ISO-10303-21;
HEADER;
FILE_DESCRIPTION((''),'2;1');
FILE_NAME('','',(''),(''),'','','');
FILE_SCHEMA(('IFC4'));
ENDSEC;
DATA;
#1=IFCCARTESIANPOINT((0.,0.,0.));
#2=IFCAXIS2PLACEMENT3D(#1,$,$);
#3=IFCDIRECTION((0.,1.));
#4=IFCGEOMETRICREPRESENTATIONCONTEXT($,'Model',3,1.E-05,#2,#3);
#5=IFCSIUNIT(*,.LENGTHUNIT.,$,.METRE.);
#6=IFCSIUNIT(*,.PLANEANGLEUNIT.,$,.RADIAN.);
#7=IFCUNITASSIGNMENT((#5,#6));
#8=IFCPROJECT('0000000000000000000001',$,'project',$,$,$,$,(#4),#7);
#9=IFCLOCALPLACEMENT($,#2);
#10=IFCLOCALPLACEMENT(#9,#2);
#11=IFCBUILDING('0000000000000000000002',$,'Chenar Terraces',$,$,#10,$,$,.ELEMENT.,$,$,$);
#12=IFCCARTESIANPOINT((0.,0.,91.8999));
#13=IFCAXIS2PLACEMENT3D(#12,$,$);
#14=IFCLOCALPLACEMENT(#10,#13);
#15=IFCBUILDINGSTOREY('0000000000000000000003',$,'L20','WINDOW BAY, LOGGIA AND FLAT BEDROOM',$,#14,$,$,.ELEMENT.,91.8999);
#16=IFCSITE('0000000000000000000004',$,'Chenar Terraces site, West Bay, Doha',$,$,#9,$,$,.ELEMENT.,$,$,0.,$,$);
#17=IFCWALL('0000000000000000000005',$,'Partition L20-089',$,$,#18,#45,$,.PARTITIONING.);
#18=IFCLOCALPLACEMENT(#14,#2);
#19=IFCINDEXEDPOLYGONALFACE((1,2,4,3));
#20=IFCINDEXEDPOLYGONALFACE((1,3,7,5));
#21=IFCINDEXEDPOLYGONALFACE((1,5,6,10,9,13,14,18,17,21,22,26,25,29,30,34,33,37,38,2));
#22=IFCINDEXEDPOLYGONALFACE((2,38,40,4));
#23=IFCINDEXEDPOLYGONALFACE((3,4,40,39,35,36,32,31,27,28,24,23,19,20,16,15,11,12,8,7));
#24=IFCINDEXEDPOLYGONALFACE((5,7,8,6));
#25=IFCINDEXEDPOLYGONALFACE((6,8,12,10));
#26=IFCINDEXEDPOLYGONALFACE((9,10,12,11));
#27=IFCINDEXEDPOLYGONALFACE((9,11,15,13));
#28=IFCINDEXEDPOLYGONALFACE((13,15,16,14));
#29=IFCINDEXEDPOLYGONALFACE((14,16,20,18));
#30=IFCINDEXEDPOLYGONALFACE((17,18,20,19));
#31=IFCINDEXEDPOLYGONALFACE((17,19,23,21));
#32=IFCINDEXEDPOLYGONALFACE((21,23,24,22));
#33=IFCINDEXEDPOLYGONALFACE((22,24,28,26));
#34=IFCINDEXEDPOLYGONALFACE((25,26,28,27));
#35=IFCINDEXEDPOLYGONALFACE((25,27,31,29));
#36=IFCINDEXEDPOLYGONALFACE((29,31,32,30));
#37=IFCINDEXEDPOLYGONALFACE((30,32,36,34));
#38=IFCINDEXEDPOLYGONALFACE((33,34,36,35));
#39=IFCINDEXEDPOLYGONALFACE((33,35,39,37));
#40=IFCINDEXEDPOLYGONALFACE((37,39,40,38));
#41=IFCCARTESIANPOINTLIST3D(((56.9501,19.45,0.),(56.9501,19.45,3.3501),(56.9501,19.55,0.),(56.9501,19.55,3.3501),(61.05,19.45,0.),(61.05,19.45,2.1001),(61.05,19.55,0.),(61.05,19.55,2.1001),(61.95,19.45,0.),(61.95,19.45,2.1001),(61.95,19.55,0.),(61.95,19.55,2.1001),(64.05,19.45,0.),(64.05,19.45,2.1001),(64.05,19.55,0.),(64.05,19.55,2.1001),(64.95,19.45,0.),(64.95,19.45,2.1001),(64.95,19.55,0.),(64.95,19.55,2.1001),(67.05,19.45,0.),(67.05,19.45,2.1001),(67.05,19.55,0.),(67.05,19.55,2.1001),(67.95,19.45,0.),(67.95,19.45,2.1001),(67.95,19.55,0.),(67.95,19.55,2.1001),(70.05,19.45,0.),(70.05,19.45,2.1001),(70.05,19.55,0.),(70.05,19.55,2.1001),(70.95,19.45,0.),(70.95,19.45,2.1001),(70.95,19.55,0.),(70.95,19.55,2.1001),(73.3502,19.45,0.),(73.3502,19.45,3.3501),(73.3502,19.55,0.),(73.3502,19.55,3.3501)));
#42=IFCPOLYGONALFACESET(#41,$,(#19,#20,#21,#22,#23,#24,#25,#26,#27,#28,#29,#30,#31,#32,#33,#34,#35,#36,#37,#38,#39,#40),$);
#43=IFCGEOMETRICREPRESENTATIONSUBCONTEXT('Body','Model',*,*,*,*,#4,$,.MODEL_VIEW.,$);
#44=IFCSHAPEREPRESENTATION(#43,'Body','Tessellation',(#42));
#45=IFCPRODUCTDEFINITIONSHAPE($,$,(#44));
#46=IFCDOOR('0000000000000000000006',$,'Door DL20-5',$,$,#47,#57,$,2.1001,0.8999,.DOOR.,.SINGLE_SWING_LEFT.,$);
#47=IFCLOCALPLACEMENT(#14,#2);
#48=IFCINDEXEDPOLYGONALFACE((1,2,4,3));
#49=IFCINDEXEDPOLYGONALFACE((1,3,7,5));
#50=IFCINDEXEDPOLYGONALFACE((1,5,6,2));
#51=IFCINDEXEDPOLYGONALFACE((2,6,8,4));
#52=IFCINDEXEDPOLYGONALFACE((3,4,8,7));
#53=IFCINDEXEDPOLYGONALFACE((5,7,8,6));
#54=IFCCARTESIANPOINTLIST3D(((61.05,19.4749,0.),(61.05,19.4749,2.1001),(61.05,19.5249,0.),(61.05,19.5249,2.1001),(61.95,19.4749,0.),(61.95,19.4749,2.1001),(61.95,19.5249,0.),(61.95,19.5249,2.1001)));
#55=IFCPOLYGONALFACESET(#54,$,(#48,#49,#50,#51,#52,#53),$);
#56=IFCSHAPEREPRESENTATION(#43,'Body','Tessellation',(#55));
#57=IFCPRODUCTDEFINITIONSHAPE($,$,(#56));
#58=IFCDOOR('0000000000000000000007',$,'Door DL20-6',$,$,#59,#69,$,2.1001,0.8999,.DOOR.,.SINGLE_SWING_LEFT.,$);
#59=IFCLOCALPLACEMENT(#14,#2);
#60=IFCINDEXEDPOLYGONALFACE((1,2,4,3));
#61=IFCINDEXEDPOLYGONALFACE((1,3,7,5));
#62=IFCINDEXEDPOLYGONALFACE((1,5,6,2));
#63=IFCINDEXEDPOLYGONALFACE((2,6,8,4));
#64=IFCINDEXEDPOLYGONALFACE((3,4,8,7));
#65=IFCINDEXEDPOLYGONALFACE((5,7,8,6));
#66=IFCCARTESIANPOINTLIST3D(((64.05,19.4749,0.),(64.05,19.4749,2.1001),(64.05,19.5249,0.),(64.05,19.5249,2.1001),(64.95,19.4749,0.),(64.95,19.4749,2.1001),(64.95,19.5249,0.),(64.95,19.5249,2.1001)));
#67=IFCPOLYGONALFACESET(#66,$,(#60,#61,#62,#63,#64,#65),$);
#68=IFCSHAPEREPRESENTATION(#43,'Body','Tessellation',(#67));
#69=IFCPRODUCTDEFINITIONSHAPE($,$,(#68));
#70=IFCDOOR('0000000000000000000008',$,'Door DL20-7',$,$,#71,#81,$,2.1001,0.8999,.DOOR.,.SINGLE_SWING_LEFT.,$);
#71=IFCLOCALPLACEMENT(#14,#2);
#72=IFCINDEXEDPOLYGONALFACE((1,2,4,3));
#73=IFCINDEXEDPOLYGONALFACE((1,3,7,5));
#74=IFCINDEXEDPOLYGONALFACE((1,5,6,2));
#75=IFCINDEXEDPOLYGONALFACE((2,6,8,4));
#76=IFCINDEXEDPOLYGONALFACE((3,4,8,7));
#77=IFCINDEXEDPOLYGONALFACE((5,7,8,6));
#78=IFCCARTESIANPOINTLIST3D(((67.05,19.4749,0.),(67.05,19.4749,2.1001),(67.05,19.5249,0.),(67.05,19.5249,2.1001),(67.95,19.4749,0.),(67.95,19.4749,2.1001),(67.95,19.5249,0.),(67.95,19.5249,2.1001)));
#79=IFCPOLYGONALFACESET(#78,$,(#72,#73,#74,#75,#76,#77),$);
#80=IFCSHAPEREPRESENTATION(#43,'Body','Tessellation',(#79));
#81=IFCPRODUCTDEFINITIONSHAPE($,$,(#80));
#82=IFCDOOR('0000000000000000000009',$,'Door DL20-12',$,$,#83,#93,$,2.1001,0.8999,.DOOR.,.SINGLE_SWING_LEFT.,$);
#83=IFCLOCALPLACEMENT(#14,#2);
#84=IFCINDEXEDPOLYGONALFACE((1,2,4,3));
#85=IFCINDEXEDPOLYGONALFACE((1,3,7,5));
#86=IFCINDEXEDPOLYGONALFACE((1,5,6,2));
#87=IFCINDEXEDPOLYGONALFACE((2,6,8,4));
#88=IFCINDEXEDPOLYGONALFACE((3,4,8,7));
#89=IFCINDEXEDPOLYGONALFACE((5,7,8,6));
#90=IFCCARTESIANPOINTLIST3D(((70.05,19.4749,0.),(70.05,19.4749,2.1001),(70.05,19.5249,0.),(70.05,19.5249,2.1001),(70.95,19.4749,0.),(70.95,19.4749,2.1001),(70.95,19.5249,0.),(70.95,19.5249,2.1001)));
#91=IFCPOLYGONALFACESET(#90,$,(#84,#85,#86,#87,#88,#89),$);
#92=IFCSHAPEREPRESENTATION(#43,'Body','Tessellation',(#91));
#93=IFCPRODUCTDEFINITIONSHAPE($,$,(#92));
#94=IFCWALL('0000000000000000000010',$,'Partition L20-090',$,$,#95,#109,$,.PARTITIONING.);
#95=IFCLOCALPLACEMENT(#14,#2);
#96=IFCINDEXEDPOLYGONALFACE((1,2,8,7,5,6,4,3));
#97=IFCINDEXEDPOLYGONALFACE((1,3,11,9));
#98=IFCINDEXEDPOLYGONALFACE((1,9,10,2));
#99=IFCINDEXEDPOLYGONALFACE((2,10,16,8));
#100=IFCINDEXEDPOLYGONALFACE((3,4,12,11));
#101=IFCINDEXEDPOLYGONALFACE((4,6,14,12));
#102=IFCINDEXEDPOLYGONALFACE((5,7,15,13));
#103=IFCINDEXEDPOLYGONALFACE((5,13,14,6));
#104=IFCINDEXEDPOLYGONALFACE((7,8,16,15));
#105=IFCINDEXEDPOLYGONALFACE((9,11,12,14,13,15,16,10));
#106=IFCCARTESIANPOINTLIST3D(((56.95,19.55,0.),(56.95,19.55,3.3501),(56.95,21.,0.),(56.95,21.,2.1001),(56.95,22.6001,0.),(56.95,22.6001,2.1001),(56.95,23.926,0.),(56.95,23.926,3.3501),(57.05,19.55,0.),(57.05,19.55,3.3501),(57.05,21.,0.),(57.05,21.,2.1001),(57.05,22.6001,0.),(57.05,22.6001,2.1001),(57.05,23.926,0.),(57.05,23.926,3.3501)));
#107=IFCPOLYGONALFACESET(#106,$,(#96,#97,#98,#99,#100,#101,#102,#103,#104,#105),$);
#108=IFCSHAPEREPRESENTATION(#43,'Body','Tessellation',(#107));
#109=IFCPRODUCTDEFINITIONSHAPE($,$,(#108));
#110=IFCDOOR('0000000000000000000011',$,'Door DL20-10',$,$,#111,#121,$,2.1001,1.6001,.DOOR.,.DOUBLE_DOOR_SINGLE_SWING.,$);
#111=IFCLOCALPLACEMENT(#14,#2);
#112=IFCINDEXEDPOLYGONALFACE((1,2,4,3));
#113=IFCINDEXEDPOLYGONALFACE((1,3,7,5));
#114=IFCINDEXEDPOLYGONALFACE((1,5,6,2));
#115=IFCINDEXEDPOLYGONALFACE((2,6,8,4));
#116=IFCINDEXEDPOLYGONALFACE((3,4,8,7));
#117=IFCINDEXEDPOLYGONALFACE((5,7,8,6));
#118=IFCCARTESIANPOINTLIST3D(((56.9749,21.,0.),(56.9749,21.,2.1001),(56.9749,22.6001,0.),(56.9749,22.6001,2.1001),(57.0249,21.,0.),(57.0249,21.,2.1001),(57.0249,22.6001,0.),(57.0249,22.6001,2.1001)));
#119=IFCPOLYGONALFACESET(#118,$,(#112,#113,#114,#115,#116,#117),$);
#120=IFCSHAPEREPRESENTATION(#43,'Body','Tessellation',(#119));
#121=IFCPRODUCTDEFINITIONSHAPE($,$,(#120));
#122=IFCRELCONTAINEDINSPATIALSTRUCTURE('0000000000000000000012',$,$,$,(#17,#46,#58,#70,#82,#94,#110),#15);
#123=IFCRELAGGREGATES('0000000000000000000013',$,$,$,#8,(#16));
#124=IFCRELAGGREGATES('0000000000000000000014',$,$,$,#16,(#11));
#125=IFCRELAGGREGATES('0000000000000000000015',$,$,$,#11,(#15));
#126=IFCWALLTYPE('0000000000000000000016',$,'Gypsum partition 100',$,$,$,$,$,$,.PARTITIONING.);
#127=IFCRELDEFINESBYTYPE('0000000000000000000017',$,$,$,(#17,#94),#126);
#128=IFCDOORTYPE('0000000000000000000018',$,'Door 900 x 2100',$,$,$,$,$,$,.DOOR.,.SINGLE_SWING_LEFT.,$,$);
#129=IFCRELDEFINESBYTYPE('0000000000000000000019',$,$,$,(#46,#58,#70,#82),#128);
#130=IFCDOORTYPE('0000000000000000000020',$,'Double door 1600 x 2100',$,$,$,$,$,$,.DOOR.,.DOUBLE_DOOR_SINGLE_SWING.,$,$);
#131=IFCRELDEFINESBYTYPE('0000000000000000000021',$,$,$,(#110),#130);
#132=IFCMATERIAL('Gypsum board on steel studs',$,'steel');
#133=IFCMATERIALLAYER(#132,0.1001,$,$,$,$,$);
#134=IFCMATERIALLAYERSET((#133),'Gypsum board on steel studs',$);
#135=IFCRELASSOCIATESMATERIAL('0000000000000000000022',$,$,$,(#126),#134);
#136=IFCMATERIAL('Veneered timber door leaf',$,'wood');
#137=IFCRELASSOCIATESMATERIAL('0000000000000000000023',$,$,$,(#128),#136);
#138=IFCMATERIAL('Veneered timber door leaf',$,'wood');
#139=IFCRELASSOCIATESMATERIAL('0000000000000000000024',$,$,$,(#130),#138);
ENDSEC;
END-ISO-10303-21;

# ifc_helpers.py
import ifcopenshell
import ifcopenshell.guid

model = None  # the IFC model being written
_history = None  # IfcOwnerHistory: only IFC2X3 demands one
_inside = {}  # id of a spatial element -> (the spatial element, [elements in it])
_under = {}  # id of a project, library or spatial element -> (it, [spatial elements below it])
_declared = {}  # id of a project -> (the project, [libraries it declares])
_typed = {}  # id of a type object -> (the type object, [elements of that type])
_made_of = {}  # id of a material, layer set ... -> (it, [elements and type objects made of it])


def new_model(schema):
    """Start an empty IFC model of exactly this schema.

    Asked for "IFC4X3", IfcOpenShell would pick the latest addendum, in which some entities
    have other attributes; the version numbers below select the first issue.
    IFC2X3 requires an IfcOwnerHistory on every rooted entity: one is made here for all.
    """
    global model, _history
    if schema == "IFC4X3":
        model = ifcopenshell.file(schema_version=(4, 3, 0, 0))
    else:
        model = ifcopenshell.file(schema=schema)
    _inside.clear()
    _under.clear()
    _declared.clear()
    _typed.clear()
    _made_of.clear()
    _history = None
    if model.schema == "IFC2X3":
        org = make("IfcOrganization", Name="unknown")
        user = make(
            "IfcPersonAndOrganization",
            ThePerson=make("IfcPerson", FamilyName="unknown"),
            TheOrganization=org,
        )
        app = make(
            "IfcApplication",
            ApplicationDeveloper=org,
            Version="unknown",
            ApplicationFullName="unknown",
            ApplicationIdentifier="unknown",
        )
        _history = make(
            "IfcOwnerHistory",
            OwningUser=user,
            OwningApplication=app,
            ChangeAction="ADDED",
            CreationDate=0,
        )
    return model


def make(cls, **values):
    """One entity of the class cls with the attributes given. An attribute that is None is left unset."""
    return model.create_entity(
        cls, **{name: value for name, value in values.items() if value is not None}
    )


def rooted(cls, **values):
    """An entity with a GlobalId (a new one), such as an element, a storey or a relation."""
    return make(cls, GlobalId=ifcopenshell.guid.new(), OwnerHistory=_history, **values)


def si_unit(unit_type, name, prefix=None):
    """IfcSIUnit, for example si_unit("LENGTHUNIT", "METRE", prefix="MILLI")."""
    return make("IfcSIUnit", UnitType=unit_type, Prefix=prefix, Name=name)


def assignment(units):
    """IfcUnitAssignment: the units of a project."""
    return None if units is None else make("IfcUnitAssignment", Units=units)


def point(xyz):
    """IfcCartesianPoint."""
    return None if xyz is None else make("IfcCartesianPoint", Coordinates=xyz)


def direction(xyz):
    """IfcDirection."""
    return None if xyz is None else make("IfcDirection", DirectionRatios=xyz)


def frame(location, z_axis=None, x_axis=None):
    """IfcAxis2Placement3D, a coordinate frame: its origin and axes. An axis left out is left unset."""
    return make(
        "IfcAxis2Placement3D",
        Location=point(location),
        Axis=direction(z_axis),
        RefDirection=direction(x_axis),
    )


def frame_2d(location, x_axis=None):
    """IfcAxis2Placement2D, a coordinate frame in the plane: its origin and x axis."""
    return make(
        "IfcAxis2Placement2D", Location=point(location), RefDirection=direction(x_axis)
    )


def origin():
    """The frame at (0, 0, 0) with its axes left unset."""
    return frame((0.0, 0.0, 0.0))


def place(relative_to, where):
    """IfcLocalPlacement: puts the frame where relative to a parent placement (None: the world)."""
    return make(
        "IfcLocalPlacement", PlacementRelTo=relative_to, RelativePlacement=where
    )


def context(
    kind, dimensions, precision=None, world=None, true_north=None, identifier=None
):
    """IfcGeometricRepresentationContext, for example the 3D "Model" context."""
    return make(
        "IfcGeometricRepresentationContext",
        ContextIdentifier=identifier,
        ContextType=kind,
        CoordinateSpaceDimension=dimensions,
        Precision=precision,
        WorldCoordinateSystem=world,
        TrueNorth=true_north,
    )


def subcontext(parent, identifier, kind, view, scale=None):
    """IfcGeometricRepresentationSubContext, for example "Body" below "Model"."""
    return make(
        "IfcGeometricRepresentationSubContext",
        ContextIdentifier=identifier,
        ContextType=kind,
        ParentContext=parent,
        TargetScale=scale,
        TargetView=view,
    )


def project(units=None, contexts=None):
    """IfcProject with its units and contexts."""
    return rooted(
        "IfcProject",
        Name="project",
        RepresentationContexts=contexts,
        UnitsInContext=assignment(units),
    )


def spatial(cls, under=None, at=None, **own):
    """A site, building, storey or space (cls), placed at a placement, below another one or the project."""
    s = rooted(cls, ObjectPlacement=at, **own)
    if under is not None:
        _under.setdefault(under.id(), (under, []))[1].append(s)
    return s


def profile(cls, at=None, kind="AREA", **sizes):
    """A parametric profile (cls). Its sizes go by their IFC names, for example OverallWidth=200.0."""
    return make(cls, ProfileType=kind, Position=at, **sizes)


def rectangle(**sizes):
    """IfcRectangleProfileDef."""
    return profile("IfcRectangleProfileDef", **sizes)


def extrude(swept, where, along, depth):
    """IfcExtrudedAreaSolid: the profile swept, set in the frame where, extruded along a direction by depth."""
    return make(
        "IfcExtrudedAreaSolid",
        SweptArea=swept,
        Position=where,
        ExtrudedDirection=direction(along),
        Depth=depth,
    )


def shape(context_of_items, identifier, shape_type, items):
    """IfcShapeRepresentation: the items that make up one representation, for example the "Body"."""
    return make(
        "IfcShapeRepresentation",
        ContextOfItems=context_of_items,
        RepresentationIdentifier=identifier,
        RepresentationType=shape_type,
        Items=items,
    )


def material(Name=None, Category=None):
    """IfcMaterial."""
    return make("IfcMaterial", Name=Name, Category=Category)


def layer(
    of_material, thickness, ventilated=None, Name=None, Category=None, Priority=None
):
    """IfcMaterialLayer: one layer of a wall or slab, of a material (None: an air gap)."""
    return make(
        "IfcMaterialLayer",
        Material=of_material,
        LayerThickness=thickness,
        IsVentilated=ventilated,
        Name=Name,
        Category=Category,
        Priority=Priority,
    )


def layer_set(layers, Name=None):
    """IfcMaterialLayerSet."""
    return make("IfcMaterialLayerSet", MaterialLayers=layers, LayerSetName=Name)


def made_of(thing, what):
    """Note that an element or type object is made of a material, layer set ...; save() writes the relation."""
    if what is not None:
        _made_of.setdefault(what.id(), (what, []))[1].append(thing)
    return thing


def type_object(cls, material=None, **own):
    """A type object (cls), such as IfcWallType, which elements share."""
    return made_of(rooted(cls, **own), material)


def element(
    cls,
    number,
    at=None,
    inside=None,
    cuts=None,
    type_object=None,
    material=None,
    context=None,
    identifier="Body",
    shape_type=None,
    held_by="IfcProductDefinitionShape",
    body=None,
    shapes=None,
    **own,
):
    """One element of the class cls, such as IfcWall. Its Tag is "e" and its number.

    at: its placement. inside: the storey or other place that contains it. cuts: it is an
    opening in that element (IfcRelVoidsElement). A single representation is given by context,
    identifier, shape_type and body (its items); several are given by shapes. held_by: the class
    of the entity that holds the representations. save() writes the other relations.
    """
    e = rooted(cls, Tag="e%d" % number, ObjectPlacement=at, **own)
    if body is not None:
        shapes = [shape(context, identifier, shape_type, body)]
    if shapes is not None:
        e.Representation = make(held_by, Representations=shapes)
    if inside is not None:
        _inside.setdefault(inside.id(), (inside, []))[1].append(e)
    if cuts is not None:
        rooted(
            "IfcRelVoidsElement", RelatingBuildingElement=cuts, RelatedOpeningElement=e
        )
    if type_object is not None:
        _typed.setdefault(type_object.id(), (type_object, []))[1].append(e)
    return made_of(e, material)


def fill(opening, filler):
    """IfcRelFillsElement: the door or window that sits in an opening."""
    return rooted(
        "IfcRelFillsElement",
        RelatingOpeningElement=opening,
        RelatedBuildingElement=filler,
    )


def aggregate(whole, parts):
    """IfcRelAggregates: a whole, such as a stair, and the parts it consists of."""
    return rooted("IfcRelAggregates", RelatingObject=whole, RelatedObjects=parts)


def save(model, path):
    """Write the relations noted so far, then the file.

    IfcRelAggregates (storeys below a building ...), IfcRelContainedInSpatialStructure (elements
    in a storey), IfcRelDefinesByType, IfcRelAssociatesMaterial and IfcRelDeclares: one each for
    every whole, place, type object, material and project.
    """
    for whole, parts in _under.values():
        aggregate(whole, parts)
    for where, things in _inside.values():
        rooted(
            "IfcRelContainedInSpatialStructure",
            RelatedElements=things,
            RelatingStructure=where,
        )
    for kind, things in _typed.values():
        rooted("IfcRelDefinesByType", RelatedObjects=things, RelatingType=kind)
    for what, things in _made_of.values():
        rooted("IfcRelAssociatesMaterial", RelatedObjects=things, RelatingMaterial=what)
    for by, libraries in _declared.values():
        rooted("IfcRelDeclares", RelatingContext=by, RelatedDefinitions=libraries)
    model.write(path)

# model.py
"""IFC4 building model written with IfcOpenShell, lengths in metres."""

from ifc_helpers import new_model, si_unit, direction, frame, frame_2d, origin, place, context, subcontext, project, spatial, rectangle, extrude, material, layer, layer_set, type_object, element, fill, save


model = new_model("IFC4")

# Units and contexts
model_context = context("Model", 3, precision=1e-05, world=origin(), true_north=direction((0.0, 1.0)))
body_context = subcontext(model_context, "Body", "Model", "MODEL_VIEW")
ifc_project = project(units=[si_unit("LENGTHUNIT", "METRE"), si_unit("PLANEANGLEUNIT", "RADIAN")], contexts=[model_context])

# Site, building, storey
site_placement = place(None, origin())
site = spatial("IfcSite", under=ifc_project, at=site_placement, Name="Chenar Terraces site, West Bay, Doha", CompositionType="ELEMENT", RefElevation=0.0)
building_placement = place(site_placement, origin())
building = spatial("IfcBuilding", under=site, at=building_placement, Name="Chenar Terraces", CompositionType="ELEMENT")
storey_placement = place(building_placement, frame((0.0, 0.0, 91.8999)))
storey = spatial("IfcBuildingStorey", under=building, at=storey_placement, Name="L20", Description="WINDOW BAY, LOGGIA AND FLAT BEDROOM", CompositionType="ELEMENT", Elevation=91.8999)

# Shared definitions
ifc_material_1 = material(Name="Gypsum board on steel studs", Category="steel")
ifc_layer_1 = layer(ifc_material_1, 0.1001)
ifc_layer_set_1 = layer_set([ifc_layer_1], Name="Gypsum board on steel studs")
wall_type_1 = type_object("IfcWallType", Name="Gypsum partition 100", PredefinedType="PARTITIONING", material=ifc_layer_set_1)
ifc_material_2 = material(Name="Veneered timber door leaf", Category="wood")
door_type_1 = type_object("IfcDoorType", Name="Door 900 x 2100", OperationType="SINGLE_SWING_LEFT", PredefinedType="DOOR", material=ifc_material_2)

# Wall, openings, doors
wall_1_placement = place(storey_placement, frame((56.95, 19.5, 0.0), z_axis=(0.0, 0.0, 1.0), x_axis=(1.0, 0.0, 0.0)))
wall_1 = element("IfcWall", 1, at=wall_1_placement, inside=storey, type_object=wall_type_1, Name="Partition L20-089", PredefinedType="PARTITIONING", context=body_context, shape_type="SweptSolid", body=[
    extrude(rectangle(XDim=16.4001, YDim=0.1001, at=frame_2d((8.2002, 0.0))), origin(), (0.0, 0.0, 1.0), 3.3501),
])
opening_1_placement = place(wall_1_placement, frame((4.1001, 0.0, 0.0)))
opening_1 = element("IfcOpeningElement", 2, at=opening_1_placement, cuts=wall_1, PredefinedType="OPENING", context=body_context, shape_type="SweptSolid", body=[
    extrude(rectangle(XDim=0.8999, YDim=2.1001, at=frame_2d((0.45, 1.05))), frame((0.0, 0.0601, 0.0), z_axis=(0.0, -1.0, 0.0), x_axis=(1.0, 0.0, 0.0)), (0.0, 0.0, 1.0), 0.1201),
])
opening_2_placement = place(wall_1_placement, frame((7.1001, 0.0, 0.0)))
opening_2 = element("IfcOpeningElement", 3, at=opening_2_placement, cuts=wall_1, PredefinedType="OPENING", context=body_context, shape_type="SweptSolid", body=[
    extrude(rectangle(XDim=0.8999, YDim=2.1001, at=frame_2d((0.45, 1.05))), frame((0.0, 0.0601, 0.0), z_axis=(0.0, -1.0, 0.0), x_axis=(1.0, 0.0, 0.0)), (0.0, 0.0, 1.0), 0.1201),
])
opening_3_placement = place(wall_1_placement, frame((10.1001, 0.0, 0.0)))
opening_3 = element("IfcOpeningElement", 4, at=opening_3_placement, cuts=wall_1, PredefinedType="OPENING", context=body_context, shape_type="SweptSolid", body=[
    extrude(rectangle(XDim=0.8999, YDim=2.1001, at=frame_2d((0.45, 1.05))), frame((0.0, 0.0601, 0.0), z_axis=(0.0, -1.0, 0.0), x_axis=(1.0, 0.0, 0.0)), (0.0, 0.0, 1.0), 0.1201),
])
opening_4_placement = place(wall_1_placement, frame((13.1001, 0.0, 0.0)))
opening_4 = element("IfcOpeningElement", 5, at=opening_4_placement, cuts=wall_1, PredefinedType="OPENING", context=body_context, shape_type="SweptSolid", body=[
    extrude(rectangle(XDim=0.8999, YDim=2.1001, at=frame_2d((0.45, 1.05))), frame((0.0, 0.0601, 0.0), z_axis=(0.0, -1.0, 0.0), x_axis=(1.0, 0.0, 0.0)), (0.0, 0.0, 1.0), 0.1201),
])
door_1_placement = place(opening_1_placement, origin())
door_1 = element("IfcDoor", 6, at=door_1_placement, inside=storey, type_object=door_type_1, Name="Door DL20-5", OperationType="SINGLE_SWING_LEFT", OverallHeight=2.1001, OverallWidth=0.8999, PredefinedType="DOOR", context=body_context, shape_type="SweptSolid", body=[
    extrude(rectangle(XDim=0.8999, YDim=2.1001, at=frame_2d((0.45, 1.05))), frame((0.0, 0.0249, 0.0), z_axis=(0.0, -1.0, 0.0), x_axis=(1.0, 0.0, 0.0)), (0.0, 0.0, 1.0), 0.05),
])
fill(opening_1, door_1)
door_2_placement = place(opening_2_placement, origin())
door_2 = element("IfcDoor", 7, at=door_2_placement, inside=storey, type_object=door_type_1, Name="Door DL20-6", OperationType="SINGLE_SWING_LEFT", OverallHeight=2.1001, OverallWidth=0.8999, PredefinedType="DOOR", context=body_context, shape_type="SweptSolid", body=[
    extrude(rectangle(XDim=0.8999, YDim=2.1001, at=frame_2d((0.45, 1.05))), frame((0.0, 0.0249, 0.0), z_axis=(0.0, -1.0, 0.0), x_axis=(1.0, 0.0, 0.0)), (0.0, 0.0, 1.0), 0.05),
])
fill(opening_2, door_2)
door_3_placement = place(opening_3_placement, origin())
door_3 = element("IfcDoor", 8, at=door_3_placement, inside=storey, type_object=door_type_1, Name="Door DL20-7", OperationType="SINGLE_SWING_LEFT", OverallHeight=2.1001, OverallWidth=0.8999, PredefinedType="DOOR", context=body_context, shape_type="SweptSolid", body=[
    extrude(rectangle(XDim=0.8999, YDim=2.1001, at=frame_2d((0.45, 1.05))), frame((0.0, 0.0249, 0.0), z_axis=(0.0, -1.0, 0.0), x_axis=(1.0, 0.0, 0.0)), (0.0, 0.0, 1.0), 0.05),
])
fill(opening_3, door_3)
door_4_placement = place(opening_4_placement, origin())
door_4 = element("IfcDoor", 9, at=door_4_placement, inside=storey, type_object=door_type_1, Name="Door DL20-12", OperationType="SINGLE_SWING_LEFT", OverallHeight=2.1001, OverallWidth=0.8999, PredefinedType="DOOR", context=body_context, shape_type="SweptSolid", body=[
    extrude(rectangle(XDim=0.8999, YDim=2.1001, at=frame_2d((0.45, 1.05))), frame((0.0, 0.0249, 0.0), z_axis=(0.0, -1.0, 0.0), x_axis=(1.0, 0.0, 0.0)), (0.0, 0.0, 1.0), 0.05),
])
fill(opening_4, door_4)

# Wall, opening, door
wall_2_placement = place(storey_placement, frame((57.0, 19.55, 0.0), z_axis=(0.0, 0.0, 1.0), x_axis=(0.0, 1.0, 0.0)))
wall_2 = element("IfcWall", 10, at=wall_2_placement, inside=storey, type_object=wall_type_1, Name="Partition L20-090", PredefinedType="PARTITIONING", context=body_context, shape_type="SweptSolid", body=[
    extrude(rectangle(XDim=4.376, YDim=0.1001, at=frame_2d((2.188, 0.0))), origin(), (0.0, 0.0, 1.0), 3.3501),
])
opening_5_placement = place(wall_2_placement, frame((1.45, 0.0, 0.0)))
opening_5 = element("IfcOpeningElement", 11, at=opening_5_placement, cuts=wall_2, PredefinedType="OPENING", context=body_context, shape_type="SweptSolid", body=[
    extrude(rectangle(XDim=1.6001, YDim=2.1001, at=frame_2d((0.8, 1.05))), frame((0.0, 0.0601, 0.0), z_axis=(0.0, -1.0, 0.0), x_axis=(1.0, 0.0, 0.0)), (0.0, 0.0, 1.0), 0.1201),
])
ifc_material_3 = material(Name="Veneered timber door leaf", Category="wood")
door_type_2 = type_object("IfcDoorType", Name="Double door 1600 x 2100", OperationType="DOUBLE_DOOR_SINGLE_SWING", PredefinedType="DOOR", material=ifc_material_3)
door_5_placement = place(opening_5_placement, frame((1.6001, 0.0, 0.0), z_axis=(0.0, 0.0, 1.0), x_axis=(-1.0, 0.0, 0.0)))
door_5 = element("IfcDoor", 12, at=door_5_placement, inside=storey, type_object=door_type_2, Name="Door DL20-10", OperationType="DOUBLE_DOOR_SINGLE_SWING", OverallHeight=2.1001, OverallWidth=1.6001, PredefinedType="DOOR", context=body_context, shape_type="SweptSolid", body=[
    extrude(rectangle(XDim=1.6001, YDim=2.1001, at=frame_2d((0.8, 1.05))), frame((0.0, 0.0249, 0.0), z_axis=(0.0, -1.0, 0.0), x_axis=(1.0, 0.0, 0.0)), (0.0, 0.0, 1.0), 0.05),
])
fill(opening_5, door_5)

save(model, "model.ifc")
